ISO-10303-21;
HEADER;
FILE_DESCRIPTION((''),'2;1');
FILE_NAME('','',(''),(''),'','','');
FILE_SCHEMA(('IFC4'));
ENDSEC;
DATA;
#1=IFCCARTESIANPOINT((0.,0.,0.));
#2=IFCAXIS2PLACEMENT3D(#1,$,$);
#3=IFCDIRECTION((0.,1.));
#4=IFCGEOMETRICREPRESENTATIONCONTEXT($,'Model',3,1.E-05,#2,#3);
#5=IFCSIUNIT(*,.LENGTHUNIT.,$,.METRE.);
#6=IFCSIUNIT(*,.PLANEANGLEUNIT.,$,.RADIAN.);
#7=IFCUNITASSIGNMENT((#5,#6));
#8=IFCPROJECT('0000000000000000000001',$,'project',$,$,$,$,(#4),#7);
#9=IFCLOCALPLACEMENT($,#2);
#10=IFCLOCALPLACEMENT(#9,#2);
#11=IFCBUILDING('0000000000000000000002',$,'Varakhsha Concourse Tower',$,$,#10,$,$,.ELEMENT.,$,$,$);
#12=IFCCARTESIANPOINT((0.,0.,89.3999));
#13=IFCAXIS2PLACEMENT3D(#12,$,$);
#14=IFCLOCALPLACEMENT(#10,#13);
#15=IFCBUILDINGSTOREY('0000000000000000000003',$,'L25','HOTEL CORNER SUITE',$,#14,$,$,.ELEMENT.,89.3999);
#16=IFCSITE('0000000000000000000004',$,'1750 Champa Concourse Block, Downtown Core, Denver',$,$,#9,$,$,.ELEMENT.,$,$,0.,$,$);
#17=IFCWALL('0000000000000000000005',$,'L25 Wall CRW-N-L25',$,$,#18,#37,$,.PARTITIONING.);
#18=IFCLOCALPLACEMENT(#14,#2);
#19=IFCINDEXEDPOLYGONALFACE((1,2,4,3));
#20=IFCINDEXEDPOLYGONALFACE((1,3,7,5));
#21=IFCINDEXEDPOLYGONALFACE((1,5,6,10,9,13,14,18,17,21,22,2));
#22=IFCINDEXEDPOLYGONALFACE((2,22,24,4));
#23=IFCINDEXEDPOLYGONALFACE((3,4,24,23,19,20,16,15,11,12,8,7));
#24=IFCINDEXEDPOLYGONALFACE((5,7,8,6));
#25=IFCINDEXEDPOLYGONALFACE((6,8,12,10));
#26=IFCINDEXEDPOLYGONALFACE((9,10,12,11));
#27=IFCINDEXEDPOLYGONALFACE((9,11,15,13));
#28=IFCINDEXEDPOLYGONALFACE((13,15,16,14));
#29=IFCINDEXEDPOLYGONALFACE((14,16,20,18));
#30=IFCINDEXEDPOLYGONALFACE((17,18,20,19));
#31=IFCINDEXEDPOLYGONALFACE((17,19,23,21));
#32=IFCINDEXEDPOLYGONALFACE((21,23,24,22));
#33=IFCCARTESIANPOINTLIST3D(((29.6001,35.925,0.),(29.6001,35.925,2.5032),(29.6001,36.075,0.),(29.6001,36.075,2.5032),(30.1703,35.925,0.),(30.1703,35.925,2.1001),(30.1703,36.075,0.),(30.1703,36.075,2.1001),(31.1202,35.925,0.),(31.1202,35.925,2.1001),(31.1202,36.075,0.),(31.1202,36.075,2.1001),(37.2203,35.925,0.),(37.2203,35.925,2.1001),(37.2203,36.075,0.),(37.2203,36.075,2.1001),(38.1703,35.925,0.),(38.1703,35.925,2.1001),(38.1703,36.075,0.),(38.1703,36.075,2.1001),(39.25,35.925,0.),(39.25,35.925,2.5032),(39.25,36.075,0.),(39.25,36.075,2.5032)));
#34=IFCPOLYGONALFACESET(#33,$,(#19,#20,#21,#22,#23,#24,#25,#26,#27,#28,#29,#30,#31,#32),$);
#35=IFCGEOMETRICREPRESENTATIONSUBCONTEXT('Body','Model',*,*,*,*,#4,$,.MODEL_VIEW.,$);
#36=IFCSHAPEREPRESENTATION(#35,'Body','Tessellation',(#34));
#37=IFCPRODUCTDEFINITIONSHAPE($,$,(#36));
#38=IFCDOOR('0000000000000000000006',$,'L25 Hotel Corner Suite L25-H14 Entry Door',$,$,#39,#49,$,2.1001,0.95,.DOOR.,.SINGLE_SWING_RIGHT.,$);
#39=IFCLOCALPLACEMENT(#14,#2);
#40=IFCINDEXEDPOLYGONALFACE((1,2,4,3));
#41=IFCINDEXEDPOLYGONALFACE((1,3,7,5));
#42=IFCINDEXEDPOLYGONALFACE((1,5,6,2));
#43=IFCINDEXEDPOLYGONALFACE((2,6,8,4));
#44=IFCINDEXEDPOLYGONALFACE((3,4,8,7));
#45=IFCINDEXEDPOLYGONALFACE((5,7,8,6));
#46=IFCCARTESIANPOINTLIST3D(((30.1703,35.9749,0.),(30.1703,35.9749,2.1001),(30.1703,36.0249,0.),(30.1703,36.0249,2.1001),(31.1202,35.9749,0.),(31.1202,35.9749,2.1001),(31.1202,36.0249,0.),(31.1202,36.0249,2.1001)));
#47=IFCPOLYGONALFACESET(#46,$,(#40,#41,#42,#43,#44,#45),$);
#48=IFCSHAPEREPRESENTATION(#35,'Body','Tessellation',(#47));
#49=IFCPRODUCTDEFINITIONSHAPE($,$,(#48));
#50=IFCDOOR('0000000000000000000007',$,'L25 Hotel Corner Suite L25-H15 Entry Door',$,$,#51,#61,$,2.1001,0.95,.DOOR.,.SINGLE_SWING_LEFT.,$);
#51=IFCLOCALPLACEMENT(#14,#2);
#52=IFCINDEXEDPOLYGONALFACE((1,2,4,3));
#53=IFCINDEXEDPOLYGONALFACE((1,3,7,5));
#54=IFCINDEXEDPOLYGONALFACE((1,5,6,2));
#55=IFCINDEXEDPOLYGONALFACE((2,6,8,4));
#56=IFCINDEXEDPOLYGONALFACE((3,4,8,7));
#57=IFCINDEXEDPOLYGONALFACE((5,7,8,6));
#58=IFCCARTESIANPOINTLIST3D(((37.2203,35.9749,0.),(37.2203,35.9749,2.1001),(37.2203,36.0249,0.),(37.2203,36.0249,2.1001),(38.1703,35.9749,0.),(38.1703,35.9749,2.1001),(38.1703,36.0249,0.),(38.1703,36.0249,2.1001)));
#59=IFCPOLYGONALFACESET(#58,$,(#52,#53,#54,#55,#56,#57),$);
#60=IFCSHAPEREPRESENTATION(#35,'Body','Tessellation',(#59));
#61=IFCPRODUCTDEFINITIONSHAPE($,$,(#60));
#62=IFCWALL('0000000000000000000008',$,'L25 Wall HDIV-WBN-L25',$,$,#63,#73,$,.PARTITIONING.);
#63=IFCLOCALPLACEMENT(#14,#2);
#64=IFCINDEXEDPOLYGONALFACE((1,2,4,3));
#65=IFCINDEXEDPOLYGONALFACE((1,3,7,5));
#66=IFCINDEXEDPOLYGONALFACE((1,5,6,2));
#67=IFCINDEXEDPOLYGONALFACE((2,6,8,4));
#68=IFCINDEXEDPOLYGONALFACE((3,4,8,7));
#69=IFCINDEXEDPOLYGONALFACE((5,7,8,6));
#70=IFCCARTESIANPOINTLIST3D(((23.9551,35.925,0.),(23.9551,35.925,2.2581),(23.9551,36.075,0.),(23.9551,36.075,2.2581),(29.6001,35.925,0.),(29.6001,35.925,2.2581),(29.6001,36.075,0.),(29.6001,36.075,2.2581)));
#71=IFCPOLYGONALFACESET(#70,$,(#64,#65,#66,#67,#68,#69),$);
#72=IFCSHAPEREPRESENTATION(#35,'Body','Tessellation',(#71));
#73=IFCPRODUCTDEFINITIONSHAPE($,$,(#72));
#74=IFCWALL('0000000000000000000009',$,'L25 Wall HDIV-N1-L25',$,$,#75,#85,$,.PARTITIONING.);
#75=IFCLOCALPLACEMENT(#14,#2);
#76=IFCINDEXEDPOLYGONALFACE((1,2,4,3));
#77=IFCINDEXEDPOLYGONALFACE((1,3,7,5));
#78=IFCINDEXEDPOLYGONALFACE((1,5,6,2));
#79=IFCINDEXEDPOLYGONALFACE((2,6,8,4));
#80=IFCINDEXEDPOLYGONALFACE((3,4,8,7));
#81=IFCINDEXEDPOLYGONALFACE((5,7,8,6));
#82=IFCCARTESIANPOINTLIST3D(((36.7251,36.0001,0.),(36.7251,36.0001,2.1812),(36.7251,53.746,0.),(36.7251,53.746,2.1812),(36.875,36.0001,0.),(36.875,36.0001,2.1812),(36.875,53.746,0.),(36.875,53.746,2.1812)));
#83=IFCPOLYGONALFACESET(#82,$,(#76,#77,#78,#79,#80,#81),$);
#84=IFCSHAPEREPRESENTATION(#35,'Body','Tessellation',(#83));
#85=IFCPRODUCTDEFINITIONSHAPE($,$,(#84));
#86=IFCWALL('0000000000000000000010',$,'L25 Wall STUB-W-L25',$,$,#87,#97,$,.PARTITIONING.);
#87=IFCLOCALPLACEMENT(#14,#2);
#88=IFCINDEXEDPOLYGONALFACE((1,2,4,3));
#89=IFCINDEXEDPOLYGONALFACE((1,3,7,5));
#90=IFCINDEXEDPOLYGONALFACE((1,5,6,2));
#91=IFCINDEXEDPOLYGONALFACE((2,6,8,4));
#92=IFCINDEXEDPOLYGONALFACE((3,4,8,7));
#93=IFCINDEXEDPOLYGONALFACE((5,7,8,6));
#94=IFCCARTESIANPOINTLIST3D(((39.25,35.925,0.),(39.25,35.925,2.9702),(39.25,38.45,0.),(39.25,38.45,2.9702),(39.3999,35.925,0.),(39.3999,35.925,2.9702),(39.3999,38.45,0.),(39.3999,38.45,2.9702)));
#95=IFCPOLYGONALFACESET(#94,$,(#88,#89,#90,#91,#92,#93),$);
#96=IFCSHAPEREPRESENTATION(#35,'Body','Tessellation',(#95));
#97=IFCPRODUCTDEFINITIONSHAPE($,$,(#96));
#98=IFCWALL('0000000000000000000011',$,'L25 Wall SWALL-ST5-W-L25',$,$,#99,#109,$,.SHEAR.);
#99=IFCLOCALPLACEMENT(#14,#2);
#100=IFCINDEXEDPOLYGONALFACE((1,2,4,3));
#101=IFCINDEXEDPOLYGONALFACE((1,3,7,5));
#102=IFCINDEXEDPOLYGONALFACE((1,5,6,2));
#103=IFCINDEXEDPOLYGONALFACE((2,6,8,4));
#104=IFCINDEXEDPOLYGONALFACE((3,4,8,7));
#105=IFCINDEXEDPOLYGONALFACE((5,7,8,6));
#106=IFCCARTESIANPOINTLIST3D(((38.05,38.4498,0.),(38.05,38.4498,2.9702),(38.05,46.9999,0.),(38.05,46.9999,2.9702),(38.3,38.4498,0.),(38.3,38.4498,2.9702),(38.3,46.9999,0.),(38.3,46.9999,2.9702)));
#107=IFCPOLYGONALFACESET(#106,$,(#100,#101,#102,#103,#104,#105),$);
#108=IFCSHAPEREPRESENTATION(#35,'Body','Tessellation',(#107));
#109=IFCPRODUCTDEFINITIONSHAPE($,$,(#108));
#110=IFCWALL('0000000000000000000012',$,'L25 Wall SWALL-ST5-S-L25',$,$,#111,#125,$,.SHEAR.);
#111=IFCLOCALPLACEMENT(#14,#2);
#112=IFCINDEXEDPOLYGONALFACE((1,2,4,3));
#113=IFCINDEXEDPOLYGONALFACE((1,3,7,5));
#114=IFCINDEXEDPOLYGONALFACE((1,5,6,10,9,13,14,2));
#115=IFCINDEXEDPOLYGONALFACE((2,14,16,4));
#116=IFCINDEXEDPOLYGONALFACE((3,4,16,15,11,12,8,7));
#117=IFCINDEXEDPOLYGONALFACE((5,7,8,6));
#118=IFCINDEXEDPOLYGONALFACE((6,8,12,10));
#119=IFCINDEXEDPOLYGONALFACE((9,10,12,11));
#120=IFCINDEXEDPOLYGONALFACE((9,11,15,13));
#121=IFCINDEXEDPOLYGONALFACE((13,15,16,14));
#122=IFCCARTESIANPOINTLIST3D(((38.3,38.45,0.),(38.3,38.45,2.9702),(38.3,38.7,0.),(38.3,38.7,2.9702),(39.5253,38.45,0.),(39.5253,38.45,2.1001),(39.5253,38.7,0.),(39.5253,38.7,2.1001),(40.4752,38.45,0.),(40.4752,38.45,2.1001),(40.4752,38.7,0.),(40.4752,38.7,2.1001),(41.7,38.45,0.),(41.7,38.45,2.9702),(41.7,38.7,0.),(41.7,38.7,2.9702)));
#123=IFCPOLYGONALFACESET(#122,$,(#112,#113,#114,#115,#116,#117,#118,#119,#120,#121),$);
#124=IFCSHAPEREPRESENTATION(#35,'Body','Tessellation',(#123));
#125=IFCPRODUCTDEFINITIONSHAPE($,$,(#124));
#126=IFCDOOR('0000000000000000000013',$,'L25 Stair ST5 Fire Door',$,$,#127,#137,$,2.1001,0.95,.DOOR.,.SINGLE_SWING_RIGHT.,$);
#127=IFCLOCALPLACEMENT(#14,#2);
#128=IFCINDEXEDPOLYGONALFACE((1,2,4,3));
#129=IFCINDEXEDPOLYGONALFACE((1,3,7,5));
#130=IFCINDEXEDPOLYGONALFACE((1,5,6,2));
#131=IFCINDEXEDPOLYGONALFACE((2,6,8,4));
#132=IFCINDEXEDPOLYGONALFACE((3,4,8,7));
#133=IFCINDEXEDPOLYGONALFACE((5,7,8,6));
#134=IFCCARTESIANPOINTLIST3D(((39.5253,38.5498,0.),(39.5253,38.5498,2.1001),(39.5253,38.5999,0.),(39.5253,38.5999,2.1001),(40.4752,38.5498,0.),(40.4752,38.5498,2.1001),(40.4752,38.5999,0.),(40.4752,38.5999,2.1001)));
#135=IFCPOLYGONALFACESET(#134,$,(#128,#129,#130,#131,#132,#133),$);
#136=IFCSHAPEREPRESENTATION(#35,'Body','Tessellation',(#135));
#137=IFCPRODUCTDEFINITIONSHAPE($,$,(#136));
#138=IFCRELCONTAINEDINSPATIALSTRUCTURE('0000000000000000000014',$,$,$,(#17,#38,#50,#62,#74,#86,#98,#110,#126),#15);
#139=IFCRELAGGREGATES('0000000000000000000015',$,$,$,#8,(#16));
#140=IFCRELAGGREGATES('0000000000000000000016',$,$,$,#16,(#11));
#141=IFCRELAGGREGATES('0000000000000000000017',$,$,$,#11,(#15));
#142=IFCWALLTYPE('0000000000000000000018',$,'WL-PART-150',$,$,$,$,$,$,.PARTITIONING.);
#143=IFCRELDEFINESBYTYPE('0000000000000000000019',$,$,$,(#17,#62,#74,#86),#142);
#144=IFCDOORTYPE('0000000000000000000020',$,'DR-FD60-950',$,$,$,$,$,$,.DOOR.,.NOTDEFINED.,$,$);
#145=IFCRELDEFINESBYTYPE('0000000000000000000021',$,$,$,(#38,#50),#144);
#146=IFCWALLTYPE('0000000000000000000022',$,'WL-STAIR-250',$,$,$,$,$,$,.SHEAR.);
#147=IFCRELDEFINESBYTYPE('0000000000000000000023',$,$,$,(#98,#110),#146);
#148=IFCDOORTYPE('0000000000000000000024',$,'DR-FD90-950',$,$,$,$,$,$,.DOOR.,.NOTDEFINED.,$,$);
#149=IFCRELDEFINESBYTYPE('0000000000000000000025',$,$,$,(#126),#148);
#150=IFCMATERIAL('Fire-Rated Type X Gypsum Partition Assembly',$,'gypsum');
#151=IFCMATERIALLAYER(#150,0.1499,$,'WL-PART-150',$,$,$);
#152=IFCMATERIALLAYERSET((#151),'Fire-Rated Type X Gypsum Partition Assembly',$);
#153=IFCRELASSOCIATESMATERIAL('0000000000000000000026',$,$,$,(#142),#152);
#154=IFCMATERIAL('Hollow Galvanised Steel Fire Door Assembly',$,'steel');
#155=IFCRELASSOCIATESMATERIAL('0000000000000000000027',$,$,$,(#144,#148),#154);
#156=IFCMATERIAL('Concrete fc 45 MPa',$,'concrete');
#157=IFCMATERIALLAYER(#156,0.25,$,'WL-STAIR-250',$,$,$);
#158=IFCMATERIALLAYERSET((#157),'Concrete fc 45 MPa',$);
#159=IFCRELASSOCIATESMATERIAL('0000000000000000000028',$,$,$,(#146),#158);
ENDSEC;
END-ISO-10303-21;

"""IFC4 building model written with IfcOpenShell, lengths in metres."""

from ifc_helpers import new_model, si_unit, direction, frame, frame_2d, origin, place, context, subcontext, project, spatial, rectangle, extrude, material, layer, layer_set, type_object, element, fill, save


model = new_model("IFC4")

# Units and contexts
model_context = context("Model", 3, precision=1e-05, world=origin(), true_north=direction((0.0, 1.0)))
body_context = subcontext(model_context, "Body", "Model", "MODEL_VIEW")
ifc_project = project(units=[si_unit("LENGTHUNIT", "METRE"), si_unit("PLANEANGLEUNIT", "RADIAN")], contexts=[model_context])

# Site, building, storey
site_placement = place(None, origin())
site = spatial("IfcSite", under=ifc_project, at=site_placement, Name="1750 Champa Concourse Block, Downtown Core, Denver", CompositionType="ELEMENT", RefElevation=0.0)
building_placement = place(site_placement, origin())
building = spatial("IfcBuilding", under=site, at=building_placement, Name="Varakhsha Concourse Tower", CompositionType="ELEMENT")
storey_placement = place(building_placement, frame((0.0, 0.0, 89.3999)))
storey = spatial("IfcBuildingStorey", under=building, at=storey_placement, Name="L25", Description="HOTEL CORNER SUITE", CompositionType="ELEMENT", Elevation=89.3999)

# Wall, openings, doors
ifc_material_1 = material(Name="Fire-Rated Type X Gypsum Partition Assembly", Category="gypsum")
ifc_layer_1 = layer(ifc_material_1, 0.1499, Name="WL-PART-150")
ifc_layer_set_1 = layer_set([ifc_layer_1], Name="Fire-Rated Type X Gypsum Partition Assembly")
wall_type_1 = type_object("IfcWallType", Name="WL-PART-150", PredefinedType="PARTITIONING", material=ifc_layer_set_1)
ifc_material_2 = material(Name="Hollow Galvanised Steel Fire Door Assembly", Category="steel")
wall_1_placement = place(storey_placement, frame((29.6001, 36.0, 0.0), z_axis=(0.0, 0.0, 1.0), x_axis=(1.0, 0.0, 0.0)))
wall_1 = element("IfcWall", 1, at=wall_1_placement, inside=storey, type_object=wall_type_1, Name="L25 Wall CRW-N-L25", PredefinedType="PARTITIONING", context=body_context, shape_type="SweptSolid", body=[
    extrude(rectangle(XDim=9.6499, YDim=0.1499, at=frame_2d((4.825, 0.0))), origin(), (0.0, 0.0, 1.0), 2.5032),
])
opening_1_placement = place(wall_1_placement, frame((0.5701, 0.0, 0.0)))
opening_1 = element("IfcOpeningElement", 2, at=opening_1_placement, cuts=wall_1, PredefinedType="OPENING", context=body_context, shape_type="SweptSolid", body=[
    extrude(rectangle(XDim=0.95, YDim=2.1001, at=frame_2d((0.4751, 1.05))), frame((0.0, 0.085, 0.0), z_axis=(0.0, -1.0, 0.0), x_axis=(1.0, 0.0, 0.0)), (0.0, 0.0, 1.0), 0.1699),
])
opening_2_placement = place(wall_1_placement, frame((7.6201, 0.0, 0.0)))
opening_2 = element("IfcOpeningElement", 3, at=opening_2_placement, cuts=wall_1, PredefinedType="OPENING", context=body_context, shape_type="SweptSolid", body=[
    extrude(rectangle(XDim=0.95, YDim=2.1001, at=frame_2d((0.4751, 1.05))), frame((0.0, 0.085, 0.0), z_axis=(0.0, -1.0, 0.0), x_axis=(1.0, 0.0, 0.0)), (0.0, 0.0, 1.0), 0.1699),
])
door_type_1 = type_object("IfcDoorType", Name="DR-FD60-950", OperationType="NOTDEFINED", PredefinedType="DOOR", material=ifc_material_2)
door_1_placement = place(opening_1_placement, origin())
door_1 = element("IfcDoor", 4, at=door_1_placement, inside=storey, type_object=door_type_1, Name="L25 Hotel Corner Suite L25-H14 Entry Door", OperationType="SINGLE_SWING_RIGHT", OverallHeight=2.1001, OverallWidth=0.95, PredefinedType="DOOR", context=body_context, shape_type="SweptSolid", body=[
    extrude(rectangle(XDim=0.95, YDim=2.1001, at=frame_2d((0.4751, 1.05))), frame((0.0, 0.0249, 0.0), z_axis=(0.0, -1.0, 0.0), x_axis=(1.0, 0.0, 0.0)), (0.0, 0.0, 1.0), 0.05),
])
fill(opening_1, door_1)
door_2_placement = place(opening_2_placement, origin())
door_2 = element("IfcDoor", 5, at=door_2_placement, inside=storey, type_object=door_type_1, Name="L25 Hotel Corner Suite L25-H15 Entry Door", OperationType="SINGLE_SWING_LEFT", OverallHeight=2.1001, OverallWidth=0.95, PredefinedType="DOOR", context=body_context, shape_type="SweptSolid", body=[
    extrude(rectangle(XDim=0.95, YDim=2.1001, at=frame_2d((0.4751, 1.05))), frame((0.0, 0.0249, 0.0), z_axis=(0.0, -1.0, 0.0), x_axis=(1.0, 0.0, 0.0)), (0.0, 0.0, 1.0), 0.05),
])
fill(opening_2, door_2)

# Walls
wall_2_placement = place(storey_placement, frame((23.9551, 36.0, 0.0), z_axis=(0.0, 0.0, 1.0), x_axis=(1.0, 0.0, 0.0)))
element("IfcWall", 6, at=wall_2_placement, inside=storey, type_object=wall_type_1, Name="L25 Wall HDIV-WBN-L25", PredefinedType="PARTITIONING", context=body_context, shape_type="SweptSolid", body=[
    extrude(rectangle(XDim=5.645, YDim=0.1499, at=frame_2d((2.8225, 0.0))), origin(), (0.0, 0.0, 1.0), 2.2581),
])
wall_3_placement = place(storey_placement, frame((36.8, 36.0, 0.0), z_axis=(0.0, 0.0, 1.0), x_axis=(0.0, 1.0, 0.0)))
element("IfcWall", 7, at=wall_3_placement, inside=storey, type_object=wall_type_1, Name="L25 Wall HDIV-N1-L25", PredefinedType="PARTITIONING", context=body_context, shape_type="SweptSolid", body=[
    extrude(rectangle(XDim=17.7458, YDim=0.1499, at=frame_2d((8.873, 0.0))), origin(), (0.0, 0.0, 1.0), 2.1812),
])
wall_4_placement = place(storey_placement, frame((39.325, 35.925, 0.0), z_axis=(0.0, 0.0, 1.0), x_axis=(0.0, 1.0, 0.0)))
element("IfcWall", 8, at=wall_4_placement, inside=storey, type_object=wall_type_1, Name="L25 Wall STUB-W-L25", PredefinedType="PARTITIONING", context=body_context, shape_type="SweptSolid", body=[
    extrude(rectangle(XDim=2.5249, YDim=0.1499, at=frame_2d((1.2625, 0.0))), origin(), (0.0, 0.0, 1.0), 2.9702),
])
ifc_material_3 = material(Name="Concrete fc 45 MPa", Category="concrete")
ifc_layer_2 = layer(ifc_material_3, 0.25, Name="WL-STAIR-250")
ifc_layer_set_2 = layer_set([ifc_layer_2], Name="Concrete fc 45 MPa")
wall_type_2 = type_object("IfcWallType", Name="WL-STAIR-250", PredefinedType="SHEAR", material=ifc_layer_set_2)
wall_5_placement = place(storey_placement, frame((38.175, 38.45, 0.0), z_axis=(0.0, 0.0, 1.0), x_axis=(0.0, 1.0, 0.0)))
element("IfcWall", 9, at=wall_5_placement, inside=storey, type_object=wall_type_2, Name="L25 Wall SWALL-ST5-W-L25", PredefinedType="SHEAR", context=body_context, shape_type="SweptSolid", body=[
    extrude(rectangle(XDim=8.55, YDim=0.25, at=frame_2d((4.2749, 0.0))), origin(), (0.0, 0.0, 1.0), 2.9702),
])

# Wall, opening, door
wall_6_placement = place(storey_placement, frame((38.3, 38.575, 0.0), z_axis=(0.0, 0.0, 1.0), x_axis=(1.0, 0.0, 0.0)))
wall_6 = element("IfcWall", 10, at=wall_6_placement, inside=storey, type_object=wall_type_2, Name="L25 Wall SWALL-ST5-S-L25", PredefinedType="SHEAR", context=body_context, shape_type="SweptSolid", body=[
    extrude(rectangle(XDim=3.3999, YDim=0.25, at=frame_2d((1.7, 0.0))), origin(), (0.0, 0.0, 1.0), 2.9702),
])
opening_3_placement = place(wall_6_placement, frame((1.2251, 0.0, 0.0)))
opening_3 = element("IfcOpeningElement", 11, at=opening_3_placement, cuts=wall_6, PredefinedType="OPENING", context=body_context, shape_type="SweptSolid", body=[
    extrude(rectangle(XDim=0.95, YDim=2.1001, at=frame_2d((0.4751, 1.05))), frame((0.0, 0.135, 0.0), z_axis=(0.0, -1.0, 0.0), x_axis=(1.0, 0.0, 0.0)), (0.0, 0.0, 1.0), 0.27),
])
door_type_2 = type_object("IfcDoorType", Name="DR-FD90-950", OperationType="NOTDEFINED", PredefinedType="DOOR", material=ifc_material_2)
door_3_placement = place(opening_3_placement, origin())
door_3 = element("IfcDoor", 12, at=door_3_placement, inside=storey, type_object=door_type_2, Name="L25 Stair ST5 Fire Door", OperationType="SINGLE_SWING_RIGHT", OverallHeight=2.1001, OverallWidth=0.95, PredefinedType="DOOR", context=body_context, shape_type="SweptSolid", body=[
    extrude(rectangle(XDim=0.95, YDim=2.1001, at=frame_2d((0.4751, 1.05))), frame((0.0, 0.0249, 0.0), z_axis=(0.0, -1.0, 0.0), x_axis=(1.0, 0.0, 0.0)), (0.0, 0.0, 1.0), 0.05),
])
fill(opening_3, door_3)

save(model, "model.ifc")
